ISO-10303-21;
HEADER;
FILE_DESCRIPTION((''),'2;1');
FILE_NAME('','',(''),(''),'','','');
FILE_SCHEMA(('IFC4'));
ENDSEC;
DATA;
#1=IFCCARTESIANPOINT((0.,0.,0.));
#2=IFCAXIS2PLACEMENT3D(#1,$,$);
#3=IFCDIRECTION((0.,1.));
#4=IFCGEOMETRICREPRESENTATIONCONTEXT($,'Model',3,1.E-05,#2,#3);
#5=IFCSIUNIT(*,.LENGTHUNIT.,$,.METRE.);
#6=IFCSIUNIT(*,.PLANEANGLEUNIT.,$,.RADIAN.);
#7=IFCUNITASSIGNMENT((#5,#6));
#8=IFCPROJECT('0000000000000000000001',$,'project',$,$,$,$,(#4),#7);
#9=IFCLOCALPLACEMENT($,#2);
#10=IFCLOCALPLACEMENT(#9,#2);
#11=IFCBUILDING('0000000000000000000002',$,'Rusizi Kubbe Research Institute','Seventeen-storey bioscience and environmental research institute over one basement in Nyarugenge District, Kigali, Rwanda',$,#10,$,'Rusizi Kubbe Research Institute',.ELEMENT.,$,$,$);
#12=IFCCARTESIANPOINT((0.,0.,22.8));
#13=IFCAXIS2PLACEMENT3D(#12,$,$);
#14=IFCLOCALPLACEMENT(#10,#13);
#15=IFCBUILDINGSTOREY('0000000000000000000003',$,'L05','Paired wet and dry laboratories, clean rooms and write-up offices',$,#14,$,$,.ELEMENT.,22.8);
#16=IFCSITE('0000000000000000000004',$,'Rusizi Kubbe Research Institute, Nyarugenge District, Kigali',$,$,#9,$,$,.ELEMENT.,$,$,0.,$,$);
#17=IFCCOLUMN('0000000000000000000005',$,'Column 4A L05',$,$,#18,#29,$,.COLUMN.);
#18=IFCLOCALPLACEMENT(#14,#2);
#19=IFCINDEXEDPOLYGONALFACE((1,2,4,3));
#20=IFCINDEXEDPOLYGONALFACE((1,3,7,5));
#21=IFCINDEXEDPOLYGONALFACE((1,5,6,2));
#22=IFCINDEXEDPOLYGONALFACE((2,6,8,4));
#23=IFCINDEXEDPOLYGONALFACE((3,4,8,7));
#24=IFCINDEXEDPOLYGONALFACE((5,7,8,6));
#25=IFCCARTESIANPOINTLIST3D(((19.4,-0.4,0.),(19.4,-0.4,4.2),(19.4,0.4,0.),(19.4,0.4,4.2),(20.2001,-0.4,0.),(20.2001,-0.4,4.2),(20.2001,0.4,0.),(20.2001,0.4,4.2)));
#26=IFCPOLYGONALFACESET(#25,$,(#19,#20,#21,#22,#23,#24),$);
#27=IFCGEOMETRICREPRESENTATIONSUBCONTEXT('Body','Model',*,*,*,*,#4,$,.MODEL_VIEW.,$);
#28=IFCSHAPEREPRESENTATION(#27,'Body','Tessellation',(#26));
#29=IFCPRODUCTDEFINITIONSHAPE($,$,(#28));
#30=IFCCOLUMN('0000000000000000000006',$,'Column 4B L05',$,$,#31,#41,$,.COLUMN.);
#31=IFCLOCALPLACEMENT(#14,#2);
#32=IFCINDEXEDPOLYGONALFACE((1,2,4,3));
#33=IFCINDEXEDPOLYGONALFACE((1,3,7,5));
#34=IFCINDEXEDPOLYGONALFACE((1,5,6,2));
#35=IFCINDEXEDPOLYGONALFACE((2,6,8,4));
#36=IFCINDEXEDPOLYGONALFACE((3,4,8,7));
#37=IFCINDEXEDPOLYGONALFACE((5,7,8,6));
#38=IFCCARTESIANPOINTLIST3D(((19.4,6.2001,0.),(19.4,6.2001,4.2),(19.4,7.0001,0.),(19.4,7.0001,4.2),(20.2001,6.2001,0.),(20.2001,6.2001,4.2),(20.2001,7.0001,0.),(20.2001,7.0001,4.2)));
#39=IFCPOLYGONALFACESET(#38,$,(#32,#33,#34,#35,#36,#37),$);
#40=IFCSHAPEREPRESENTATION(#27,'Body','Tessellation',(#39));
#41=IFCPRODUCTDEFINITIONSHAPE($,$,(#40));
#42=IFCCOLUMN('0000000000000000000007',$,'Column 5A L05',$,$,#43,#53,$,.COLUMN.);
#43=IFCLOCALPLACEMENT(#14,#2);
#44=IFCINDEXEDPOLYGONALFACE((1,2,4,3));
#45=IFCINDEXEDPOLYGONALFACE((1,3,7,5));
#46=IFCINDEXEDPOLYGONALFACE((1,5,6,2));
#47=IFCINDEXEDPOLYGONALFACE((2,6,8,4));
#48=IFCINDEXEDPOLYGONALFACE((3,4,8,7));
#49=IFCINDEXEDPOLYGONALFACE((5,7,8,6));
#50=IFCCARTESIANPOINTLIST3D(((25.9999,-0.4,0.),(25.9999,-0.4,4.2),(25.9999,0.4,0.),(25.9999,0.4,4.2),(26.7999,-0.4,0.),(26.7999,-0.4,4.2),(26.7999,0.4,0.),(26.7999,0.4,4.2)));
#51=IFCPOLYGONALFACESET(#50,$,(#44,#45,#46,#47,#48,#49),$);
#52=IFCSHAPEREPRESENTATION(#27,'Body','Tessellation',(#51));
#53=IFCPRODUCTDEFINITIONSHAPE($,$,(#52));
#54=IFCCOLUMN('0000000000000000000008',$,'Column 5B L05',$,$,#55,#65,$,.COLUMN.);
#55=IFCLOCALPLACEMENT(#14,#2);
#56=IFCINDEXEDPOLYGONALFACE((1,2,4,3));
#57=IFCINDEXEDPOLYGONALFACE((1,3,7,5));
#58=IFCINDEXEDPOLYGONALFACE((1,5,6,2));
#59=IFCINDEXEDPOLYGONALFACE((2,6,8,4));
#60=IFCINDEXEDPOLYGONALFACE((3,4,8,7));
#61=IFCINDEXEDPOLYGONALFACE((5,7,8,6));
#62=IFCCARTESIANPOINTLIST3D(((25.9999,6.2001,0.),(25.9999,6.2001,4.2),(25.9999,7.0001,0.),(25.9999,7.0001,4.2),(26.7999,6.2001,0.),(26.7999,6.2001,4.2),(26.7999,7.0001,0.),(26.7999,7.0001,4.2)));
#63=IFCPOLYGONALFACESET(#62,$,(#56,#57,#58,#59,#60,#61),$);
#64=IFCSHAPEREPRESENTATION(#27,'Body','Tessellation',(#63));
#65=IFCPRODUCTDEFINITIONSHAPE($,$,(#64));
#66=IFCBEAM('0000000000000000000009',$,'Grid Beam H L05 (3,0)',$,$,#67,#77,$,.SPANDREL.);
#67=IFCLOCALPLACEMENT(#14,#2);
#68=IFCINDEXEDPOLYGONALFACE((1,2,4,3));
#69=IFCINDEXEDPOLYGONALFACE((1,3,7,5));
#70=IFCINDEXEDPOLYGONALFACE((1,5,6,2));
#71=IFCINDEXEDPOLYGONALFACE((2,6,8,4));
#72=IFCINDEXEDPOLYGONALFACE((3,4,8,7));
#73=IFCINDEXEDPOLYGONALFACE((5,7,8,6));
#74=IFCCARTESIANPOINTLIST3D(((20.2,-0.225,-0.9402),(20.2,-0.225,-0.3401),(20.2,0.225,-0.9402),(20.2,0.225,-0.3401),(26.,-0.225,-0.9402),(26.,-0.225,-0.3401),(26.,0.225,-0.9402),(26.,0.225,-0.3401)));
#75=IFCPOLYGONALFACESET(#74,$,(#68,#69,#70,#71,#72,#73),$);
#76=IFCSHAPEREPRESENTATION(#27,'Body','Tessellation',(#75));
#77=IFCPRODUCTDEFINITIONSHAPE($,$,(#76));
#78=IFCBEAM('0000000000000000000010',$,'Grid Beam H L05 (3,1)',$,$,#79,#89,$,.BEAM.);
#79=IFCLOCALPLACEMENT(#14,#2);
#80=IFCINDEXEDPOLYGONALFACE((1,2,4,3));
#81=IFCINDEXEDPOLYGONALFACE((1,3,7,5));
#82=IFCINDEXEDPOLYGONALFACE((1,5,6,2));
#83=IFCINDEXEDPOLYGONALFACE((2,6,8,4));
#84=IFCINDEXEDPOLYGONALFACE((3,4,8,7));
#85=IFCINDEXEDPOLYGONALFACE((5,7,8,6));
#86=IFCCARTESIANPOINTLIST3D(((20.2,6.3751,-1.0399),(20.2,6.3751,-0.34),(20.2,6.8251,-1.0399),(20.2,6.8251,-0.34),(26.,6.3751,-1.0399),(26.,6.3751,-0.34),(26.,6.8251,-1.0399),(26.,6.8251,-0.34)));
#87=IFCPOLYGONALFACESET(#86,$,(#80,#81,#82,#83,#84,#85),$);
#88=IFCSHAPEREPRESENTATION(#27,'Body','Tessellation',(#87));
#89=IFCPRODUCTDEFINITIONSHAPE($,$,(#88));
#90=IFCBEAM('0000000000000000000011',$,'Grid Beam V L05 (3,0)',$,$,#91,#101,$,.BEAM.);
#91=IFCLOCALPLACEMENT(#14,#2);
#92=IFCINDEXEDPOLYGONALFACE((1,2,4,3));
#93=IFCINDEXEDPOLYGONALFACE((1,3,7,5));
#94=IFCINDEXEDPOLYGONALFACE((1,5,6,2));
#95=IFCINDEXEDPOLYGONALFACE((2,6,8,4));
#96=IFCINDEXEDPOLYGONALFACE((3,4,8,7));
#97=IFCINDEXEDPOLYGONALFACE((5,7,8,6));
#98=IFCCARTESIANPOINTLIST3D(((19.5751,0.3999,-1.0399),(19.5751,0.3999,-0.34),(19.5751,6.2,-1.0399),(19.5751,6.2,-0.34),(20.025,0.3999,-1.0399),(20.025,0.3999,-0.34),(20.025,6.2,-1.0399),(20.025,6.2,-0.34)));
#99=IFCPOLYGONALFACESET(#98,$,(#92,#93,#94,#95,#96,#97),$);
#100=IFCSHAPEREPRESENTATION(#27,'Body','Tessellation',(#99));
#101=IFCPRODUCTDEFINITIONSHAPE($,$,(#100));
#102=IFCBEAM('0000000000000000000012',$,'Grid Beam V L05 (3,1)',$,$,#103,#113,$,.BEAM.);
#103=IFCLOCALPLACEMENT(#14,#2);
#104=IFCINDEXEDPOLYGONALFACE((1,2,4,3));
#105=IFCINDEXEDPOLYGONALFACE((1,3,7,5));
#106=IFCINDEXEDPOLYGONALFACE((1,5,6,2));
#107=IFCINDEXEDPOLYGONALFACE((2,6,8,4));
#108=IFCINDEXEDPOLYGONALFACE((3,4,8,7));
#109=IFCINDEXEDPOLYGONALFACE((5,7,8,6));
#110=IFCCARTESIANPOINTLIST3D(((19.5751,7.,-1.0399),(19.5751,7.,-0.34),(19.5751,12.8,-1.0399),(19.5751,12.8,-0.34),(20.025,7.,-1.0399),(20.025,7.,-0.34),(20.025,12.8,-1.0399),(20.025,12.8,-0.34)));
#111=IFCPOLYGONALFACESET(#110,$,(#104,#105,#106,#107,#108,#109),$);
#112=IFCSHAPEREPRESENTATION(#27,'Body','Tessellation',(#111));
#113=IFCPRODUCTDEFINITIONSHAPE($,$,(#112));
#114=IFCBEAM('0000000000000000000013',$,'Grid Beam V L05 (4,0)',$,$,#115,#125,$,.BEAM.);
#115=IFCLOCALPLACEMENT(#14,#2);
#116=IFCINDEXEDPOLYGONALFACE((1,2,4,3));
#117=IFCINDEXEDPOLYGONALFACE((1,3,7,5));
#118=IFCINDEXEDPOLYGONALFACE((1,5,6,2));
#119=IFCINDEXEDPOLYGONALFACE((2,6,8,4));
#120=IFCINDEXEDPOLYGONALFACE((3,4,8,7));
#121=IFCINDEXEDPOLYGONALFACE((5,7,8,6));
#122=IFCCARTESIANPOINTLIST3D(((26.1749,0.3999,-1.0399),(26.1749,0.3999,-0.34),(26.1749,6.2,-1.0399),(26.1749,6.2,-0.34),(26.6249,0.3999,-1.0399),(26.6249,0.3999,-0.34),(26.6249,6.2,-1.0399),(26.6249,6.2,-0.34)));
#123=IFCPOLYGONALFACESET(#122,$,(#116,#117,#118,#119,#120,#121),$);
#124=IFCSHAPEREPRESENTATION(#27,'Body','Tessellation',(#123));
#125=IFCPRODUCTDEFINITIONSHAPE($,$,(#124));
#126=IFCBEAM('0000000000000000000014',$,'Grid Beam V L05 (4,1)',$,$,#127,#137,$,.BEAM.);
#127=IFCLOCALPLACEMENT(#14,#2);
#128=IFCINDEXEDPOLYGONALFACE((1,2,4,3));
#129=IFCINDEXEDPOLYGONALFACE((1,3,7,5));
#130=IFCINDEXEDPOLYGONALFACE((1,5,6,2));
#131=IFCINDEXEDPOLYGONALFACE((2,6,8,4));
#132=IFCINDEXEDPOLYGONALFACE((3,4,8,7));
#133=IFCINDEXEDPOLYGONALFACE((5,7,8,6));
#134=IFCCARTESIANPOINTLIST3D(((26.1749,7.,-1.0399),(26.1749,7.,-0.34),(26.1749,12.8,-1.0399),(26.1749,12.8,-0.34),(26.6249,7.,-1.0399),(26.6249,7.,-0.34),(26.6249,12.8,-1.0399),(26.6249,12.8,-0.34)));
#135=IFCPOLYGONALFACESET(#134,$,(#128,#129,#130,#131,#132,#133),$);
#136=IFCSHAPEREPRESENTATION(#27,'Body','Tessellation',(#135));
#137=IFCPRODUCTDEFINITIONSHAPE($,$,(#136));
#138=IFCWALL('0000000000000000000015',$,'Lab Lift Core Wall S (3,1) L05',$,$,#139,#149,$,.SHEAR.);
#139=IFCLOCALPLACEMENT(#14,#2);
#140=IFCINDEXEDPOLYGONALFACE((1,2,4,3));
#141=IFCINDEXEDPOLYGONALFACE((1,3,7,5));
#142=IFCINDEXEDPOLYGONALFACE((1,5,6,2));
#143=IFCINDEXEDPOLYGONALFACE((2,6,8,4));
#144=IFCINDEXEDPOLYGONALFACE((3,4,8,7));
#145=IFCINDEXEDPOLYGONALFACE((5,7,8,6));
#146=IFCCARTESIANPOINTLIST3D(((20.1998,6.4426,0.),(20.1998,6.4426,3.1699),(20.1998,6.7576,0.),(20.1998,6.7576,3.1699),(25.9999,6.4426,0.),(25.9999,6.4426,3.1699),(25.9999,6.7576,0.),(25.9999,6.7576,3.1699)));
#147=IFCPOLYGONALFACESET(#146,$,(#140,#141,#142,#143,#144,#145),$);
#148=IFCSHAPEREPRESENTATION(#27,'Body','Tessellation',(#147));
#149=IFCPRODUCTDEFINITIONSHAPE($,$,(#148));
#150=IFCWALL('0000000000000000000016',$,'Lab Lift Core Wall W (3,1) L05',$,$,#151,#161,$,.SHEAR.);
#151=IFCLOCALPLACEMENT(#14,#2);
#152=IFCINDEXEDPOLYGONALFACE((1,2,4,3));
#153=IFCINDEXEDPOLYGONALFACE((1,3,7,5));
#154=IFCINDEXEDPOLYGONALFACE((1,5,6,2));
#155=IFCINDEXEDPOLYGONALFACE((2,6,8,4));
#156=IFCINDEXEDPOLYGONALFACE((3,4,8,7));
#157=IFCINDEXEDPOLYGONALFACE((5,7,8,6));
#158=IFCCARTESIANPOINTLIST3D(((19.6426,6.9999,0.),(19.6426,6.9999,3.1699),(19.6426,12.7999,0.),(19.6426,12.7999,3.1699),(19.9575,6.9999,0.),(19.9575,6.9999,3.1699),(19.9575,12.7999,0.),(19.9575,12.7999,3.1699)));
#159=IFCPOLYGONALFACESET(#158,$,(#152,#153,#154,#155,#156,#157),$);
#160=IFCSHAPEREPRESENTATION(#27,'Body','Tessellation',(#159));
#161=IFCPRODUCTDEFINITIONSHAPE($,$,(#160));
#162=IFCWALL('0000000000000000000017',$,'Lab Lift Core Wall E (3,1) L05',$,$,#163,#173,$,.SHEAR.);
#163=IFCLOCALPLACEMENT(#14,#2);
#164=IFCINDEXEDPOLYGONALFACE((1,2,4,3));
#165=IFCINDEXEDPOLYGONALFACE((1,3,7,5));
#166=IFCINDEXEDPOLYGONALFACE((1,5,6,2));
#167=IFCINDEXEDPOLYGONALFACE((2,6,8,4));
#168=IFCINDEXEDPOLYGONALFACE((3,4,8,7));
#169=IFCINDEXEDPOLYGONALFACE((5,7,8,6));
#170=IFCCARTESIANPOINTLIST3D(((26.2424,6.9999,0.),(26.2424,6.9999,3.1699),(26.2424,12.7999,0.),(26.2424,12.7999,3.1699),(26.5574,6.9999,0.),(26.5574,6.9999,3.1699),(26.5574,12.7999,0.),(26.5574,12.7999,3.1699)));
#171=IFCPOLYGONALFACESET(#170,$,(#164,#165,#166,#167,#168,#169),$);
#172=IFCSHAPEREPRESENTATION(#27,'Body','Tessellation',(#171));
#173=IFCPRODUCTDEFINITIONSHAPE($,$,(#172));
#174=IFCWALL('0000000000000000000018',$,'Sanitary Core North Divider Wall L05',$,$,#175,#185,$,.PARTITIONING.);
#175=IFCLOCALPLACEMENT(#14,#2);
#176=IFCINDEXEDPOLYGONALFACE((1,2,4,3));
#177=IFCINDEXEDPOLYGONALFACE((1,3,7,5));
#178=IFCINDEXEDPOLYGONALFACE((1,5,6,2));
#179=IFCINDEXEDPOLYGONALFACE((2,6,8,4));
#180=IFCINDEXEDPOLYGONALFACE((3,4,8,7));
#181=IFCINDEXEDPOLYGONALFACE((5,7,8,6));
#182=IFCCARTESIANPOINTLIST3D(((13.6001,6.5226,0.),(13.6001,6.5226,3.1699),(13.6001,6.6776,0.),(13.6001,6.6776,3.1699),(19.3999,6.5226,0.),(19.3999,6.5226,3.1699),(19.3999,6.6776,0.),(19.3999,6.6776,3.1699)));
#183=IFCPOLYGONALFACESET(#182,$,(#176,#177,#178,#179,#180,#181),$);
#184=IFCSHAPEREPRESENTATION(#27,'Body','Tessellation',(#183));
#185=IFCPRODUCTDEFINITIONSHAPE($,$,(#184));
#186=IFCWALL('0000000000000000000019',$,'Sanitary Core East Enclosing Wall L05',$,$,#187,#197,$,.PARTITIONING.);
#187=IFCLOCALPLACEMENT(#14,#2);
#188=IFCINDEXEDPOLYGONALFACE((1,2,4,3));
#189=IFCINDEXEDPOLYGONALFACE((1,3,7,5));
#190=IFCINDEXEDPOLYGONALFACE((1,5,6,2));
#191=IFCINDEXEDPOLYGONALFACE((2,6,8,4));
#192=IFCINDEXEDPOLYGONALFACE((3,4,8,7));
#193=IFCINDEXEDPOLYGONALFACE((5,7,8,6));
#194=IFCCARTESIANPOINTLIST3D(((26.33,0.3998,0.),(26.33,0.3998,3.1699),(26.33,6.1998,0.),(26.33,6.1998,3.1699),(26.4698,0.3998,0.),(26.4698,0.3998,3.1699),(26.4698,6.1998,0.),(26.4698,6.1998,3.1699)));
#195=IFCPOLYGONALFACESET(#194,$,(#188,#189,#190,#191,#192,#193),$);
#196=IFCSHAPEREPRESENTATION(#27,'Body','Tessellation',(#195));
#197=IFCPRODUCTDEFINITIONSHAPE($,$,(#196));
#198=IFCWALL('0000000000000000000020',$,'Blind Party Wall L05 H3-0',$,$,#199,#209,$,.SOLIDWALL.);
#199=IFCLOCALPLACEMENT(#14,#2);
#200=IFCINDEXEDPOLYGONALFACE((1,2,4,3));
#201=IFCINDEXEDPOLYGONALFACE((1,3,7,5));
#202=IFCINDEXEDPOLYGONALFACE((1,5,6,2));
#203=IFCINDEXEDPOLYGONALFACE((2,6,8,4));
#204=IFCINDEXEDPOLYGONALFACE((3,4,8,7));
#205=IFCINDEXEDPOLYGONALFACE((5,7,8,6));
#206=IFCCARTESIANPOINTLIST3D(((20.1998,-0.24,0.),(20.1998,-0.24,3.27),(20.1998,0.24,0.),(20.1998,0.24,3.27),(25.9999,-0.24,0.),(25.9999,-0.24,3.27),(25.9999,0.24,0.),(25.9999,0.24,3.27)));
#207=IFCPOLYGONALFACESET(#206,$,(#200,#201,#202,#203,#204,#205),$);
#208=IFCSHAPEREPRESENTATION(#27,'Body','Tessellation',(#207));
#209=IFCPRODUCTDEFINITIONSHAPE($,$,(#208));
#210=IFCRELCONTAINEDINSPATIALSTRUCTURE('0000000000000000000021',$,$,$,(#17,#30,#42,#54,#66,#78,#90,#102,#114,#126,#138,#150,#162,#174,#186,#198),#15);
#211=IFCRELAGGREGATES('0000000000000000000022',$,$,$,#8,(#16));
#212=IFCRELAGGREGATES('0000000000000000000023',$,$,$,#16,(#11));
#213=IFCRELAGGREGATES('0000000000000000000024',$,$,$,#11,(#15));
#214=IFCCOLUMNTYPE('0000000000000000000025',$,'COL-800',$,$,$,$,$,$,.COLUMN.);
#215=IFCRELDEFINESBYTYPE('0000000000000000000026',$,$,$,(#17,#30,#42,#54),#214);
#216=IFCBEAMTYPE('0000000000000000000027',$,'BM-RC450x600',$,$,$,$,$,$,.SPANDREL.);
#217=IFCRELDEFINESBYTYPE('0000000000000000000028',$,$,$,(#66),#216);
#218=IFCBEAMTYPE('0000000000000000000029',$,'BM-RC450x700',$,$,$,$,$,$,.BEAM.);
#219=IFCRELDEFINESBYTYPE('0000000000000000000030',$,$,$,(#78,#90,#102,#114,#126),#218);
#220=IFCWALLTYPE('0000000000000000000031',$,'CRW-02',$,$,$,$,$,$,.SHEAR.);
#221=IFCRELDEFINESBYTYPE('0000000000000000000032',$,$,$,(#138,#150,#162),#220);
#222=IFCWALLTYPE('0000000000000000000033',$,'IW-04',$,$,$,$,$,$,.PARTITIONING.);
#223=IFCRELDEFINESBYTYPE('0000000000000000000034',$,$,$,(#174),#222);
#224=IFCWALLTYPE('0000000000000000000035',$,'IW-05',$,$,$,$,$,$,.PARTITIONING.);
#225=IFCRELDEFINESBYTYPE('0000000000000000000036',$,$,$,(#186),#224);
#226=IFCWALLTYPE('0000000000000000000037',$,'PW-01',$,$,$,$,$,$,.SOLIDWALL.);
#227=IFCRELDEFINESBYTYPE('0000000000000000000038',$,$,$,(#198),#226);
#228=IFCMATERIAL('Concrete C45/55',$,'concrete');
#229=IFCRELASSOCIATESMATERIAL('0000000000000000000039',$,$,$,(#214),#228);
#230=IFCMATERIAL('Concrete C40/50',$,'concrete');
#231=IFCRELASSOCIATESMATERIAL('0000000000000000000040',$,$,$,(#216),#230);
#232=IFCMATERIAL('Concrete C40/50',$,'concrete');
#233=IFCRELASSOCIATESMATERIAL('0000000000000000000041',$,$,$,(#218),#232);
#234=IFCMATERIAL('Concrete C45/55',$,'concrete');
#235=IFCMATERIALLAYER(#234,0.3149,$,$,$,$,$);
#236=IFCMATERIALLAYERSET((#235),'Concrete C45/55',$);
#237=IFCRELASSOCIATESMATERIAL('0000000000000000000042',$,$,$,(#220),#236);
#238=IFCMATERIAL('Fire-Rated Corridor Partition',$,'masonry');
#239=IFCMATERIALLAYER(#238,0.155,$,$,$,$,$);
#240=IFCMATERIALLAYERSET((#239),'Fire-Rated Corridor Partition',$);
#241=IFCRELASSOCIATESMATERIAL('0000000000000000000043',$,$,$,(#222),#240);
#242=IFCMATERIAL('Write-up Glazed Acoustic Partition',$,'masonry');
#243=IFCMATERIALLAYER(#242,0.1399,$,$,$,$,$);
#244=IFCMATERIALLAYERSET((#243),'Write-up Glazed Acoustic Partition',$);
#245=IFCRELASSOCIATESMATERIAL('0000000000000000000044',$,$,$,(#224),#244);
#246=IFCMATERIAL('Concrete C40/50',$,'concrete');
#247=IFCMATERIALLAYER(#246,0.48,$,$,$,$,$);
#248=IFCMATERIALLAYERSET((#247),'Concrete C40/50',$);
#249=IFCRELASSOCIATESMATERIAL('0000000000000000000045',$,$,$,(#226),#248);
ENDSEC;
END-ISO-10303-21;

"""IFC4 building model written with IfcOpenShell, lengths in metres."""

from ifc_helpers import new_model, si_unit, direction, frame, frame_2d, origin, origin_2d, place, context, subcontext, project, spatial, rectangle, extrude, material, layer, layer_set, material_profile, profile_set, type_object, element, save


model = new_model("IFC4")

# Units and contexts
model_context = context("Model", 3, precision=1e-05, world=origin(), true_north=direction((0.0, 1.0)))
body_context = subcontext(model_context, "Body", "Model", "MODEL_VIEW")
ifc_project = project(units=[si_unit("LENGTHUNIT", "METRE"), si_unit("PLANEANGLEUNIT", "RADIAN")], contexts=[model_context])

# Site, building, storey
site_placement = place(None, origin())
site = spatial("IfcSite", under=ifc_project, at=site_placement, Name="Rusizi Kubbe Research Institute, Nyarugenge District, Kigali", CompositionType="ELEMENT", RefElevation=0.0)
building_placement = place(site_placement, origin())
building = spatial("IfcBuilding", under=site, at=building_placement, Name="Rusizi Kubbe Research Institute", Description="Seventeen-storey bioscience and environmental research institute over one basement in Nyarugenge District, Kigali, Rwanda", LongName="Rusizi Kubbe Research Institute", CompositionType="ELEMENT")
storey_placement = place(building_placement, frame((0.0, 0.0, 22.8)))
storey = spatial("IfcBuildingStorey", under=building, at=storey_placement, Name="L05", Description="Paired wet and dry laboratories, clean rooms and write-up offices", CompositionType="ELEMENT", Elevation=22.8)

# Columns
ifc_material_1 = material(Name="Concrete C45/55", Category="concrete")
ifc_material_profile_1 = material_profile(ifc_material_1, rectangle(XDim=0.8, YDim=0.8, at=origin_2d()), Name="RC800x800")
ifc_profile_set_1 = profile_set([ifc_material_profile_1], Name="Concrete C45/55")
column_type = type_object("IfcColumnType", Name="COL-800", PredefinedType="COLUMN", material=ifc_profile_set_1)
for number, where, z_axis, x_axis, name in (
    (1, (19.8, 0.0, 0.0), (0.0, 0.0, 1.0), (1.0, 0.0, 0.0), "Column 4A L05"),
    (2, (19.8, 6.6001, 0.0), (0.0, 0.0, 1.0), (1.0, 0.0, 0.0), "Column 4B L05"),
    (3, (26.3999, 0.0, 0.0), (0.0, 0.0, 1.0), (1.0, 0.0, 0.0), "Column 5A L05"),
    (4, (26.3999, 6.6001, 0.0), (0.0, 0.0, 1.0), (1.0, 0.0, 0.0), "Column 5B L05"),
):
    element("IfcColumn", number, at=place(storey_placement, frame(where, z_axis=z_axis, x_axis=x_axis)), inside=storey, type_object=column_type, Name=name, PredefinedType="COLUMN", context=body_context, shape_type="SweptSolid", body=[
        extrude(rectangle(XDim=0.8, YDim=0.8, at=origin_2d()), origin(), (0.0, 0.0, 1.0), 4.2),
    ])

# Beams
ifc_material_2 = material(Name="Concrete C40/50", Category="concrete")
ifc_material_profile_2 = material_profile(ifc_material_2, rectangle(XDim=0.45, YDim=0.6001, at=origin_2d()), Name="RC450x600")
ifc_profile_set_2 = profile_set([ifc_material_profile_2], Name="Concrete C40/50")
beam_type_1 = type_object("IfcBeamType", Name="BM-RC450x600", PredefinedType="SPANDREL", material=ifc_profile_set_2)
beam_placement = place(storey_placement, frame((20.2, 0.0, -0.6401), z_axis=(1.0, 0.0, 0.0), x_axis=(0.0, 1.0, 0.0)))
element("IfcBeam", 5, at=beam_placement, inside=storey, type_object=beam_type_1, Name="Grid Beam H L05 (3,0)", PredefinedType="SPANDREL", context=body_context, shape_type="SweptSolid", body=[
    extrude(rectangle(XDim=0.45, YDim=0.6001, at=origin_2d()), origin(), (0.0, 0.0, 1.0), 5.8),
])
ifc_material_3 = material(Name="Concrete C40/50", Category="concrete")
ifc_material_profile_3 = material_profile(ifc_material_3, rectangle(XDim=0.45, YDim=0.7, at=origin_2d()), Name="RC450x700B")
ifc_profile_set_3 = profile_set([ifc_material_profile_3], Name="Concrete C40/50")
beam_type_2 = type_object("IfcBeamType", Name="BM-RC450x700", PredefinedType="BEAM", material=ifc_profile_set_3)
for number, where, z_axis, x_axis, name in (
    (6, (20.2, 6.6001, -0.6899), (1.0, 0.0, 0.0), (0.0, 1.0, 0.0), "Grid Beam H L05 (3,1)"),
    (7, (19.8, 0.3999, -0.6899), (0.0, 1.0, 0.0), (-1.0, 0.0, 0.0), "Grid Beam V L05 (3,0)"),
    (8, (19.8, 7.0, -0.6899), (0.0, 1.0, 0.0), (-1.0, 0.0, 0.0), "Grid Beam V L05 (3,1)"),
    (9, (26.3999, 0.3999, -0.6899), (0.0, 1.0, 0.0), (-1.0, 0.0, 0.0), "Grid Beam V L05 (4,0)"),
    (10, (26.3999, 7.0, -0.6899), (0.0, 1.0, 0.0), (-1.0, 0.0, 0.0), "Grid Beam V L05 (4,1)"),
):
    element("IfcBeam", number, at=place(storey_placement, frame(where, z_axis=z_axis, x_axis=x_axis)), inside=storey, type_object=beam_type_2, Name=name, PredefinedType="BEAM", context=body_context, shape_type="SweptSolid", body=[
        extrude(rectangle(XDim=0.45, YDim=0.7, at=origin_2d()), origin(), (0.0, 0.0, 1.0), 5.8),
    ])

# Walls
ifc_material_4 = material(Name="Concrete C45/55", Category="concrete")
ifc_layer_1 = layer(ifc_material_4, 0.3149)
ifc_layer_set_1 = layer_set([ifc_layer_1], Name="Concrete C45/55")
wall_type_1 = type_object("IfcWallType", Name="CRW-02", PredefinedType="SHEAR", material=ifc_layer_set_1)
for number, where, z_axis, x_axis, name in (
    (11, (20.2, 6.6001, 0.0), (0.0, 0.0, 1.0), (1.0, 0.0, 0.0), "Lab Lift Core Wall S (3,1) L05"),
    (12, (19.8, 7.0, 0.0), (0.0, 0.0, 1.0), (0.0, 1.0, 0.0), "Lab Lift Core Wall W (3,1) L05"),
    (13, (26.3999, 7.0, 0.0), (0.0, 0.0, 1.0), (0.0, 1.0, 0.0), "Lab Lift Core Wall E (3,1) L05"),
):
    element("IfcWall", number, at=place(storey_placement, frame(where, z_axis=z_axis, x_axis=x_axis)), inside=storey, type_object=wall_type_1, Name=name, PredefinedType="SHEAR", context=body_context, shape_type="SweptSolid", body=[
        extrude(rectangle(XDim=5.8, YDim=0.3149, at=frame_2d((2.8999, 0.0))), origin(), (0.0, 0.0, 1.0), 3.1699),
    ])

# Walls
ifc_material_5 = material(Name="Fire-Rated Corridor Partition", Category="masonry")
ifc_layer_2 = layer(ifc_material_5, 0.155)
ifc_layer_set_2 = layer_set([ifc_layer_2], Name="Fire-Rated Corridor Partition")
wall_type_2 = type_object("IfcWallType", Name="IW-04", PredefinedType="PARTITIONING", material=ifc_layer_set_2)
wall_1_placement = place(storey_placement, frame((13.6001, 6.6001, 0.0), z_axis=(0.0, 0.0, 1.0), x_axis=(1.0, 0.0, 0.0)))
element("IfcWall", 14, at=wall_1_placement, inside=storey, type_object=wall_type_2, Name="Sanitary Core North Divider Wall L05", PredefinedType="PARTITIONING", context=body_context, shape_type="SweptSolid", body=[
    extrude(rectangle(XDim=5.7998, YDim=0.155, at=frame_2d((2.8999, 0.0))), origin(), (0.0, 0.0, 1.0), 3.1699),
])
ifc_material_6 = material(Name="Write-up Glazed Acoustic Partition", Category="masonry")
ifc_layer_3 = layer(ifc_material_6, 0.1399)
ifc_layer_set_3 = layer_set([ifc_layer_3], Name="Write-up Glazed Acoustic Partition")
wall_type_3 = type_object("IfcWallType", Name="IW-05", PredefinedType="PARTITIONING", material=ifc_layer_set_3)
wall_2_placement = place(storey_placement, frame((26.3999, 0.3999, 0.0), z_axis=(0.0, 0.0, 1.0), x_axis=(0.0, 1.0, 0.0)))
element("IfcWall", 15, at=wall_2_placement, inside=storey, type_object=wall_type_3, Name="Sanitary Core East Enclosing Wall L05", PredefinedType="PARTITIONING", context=body_context, shape_type="SweptSolid", body=[
    extrude(rectangle(XDim=5.8, YDim=0.1399, at=frame_2d((2.8999, 0.0))), origin(), (0.0, 0.0, 1.0), 3.1699),
])
ifc_material_7 = material(Name="Concrete C40/50", Category="concrete")
ifc_layer_4 = layer(ifc_material_7, 0.48)
ifc_layer_set_4 = layer_set([ifc_layer_4], Name="Concrete C40/50")
wall_type_4 = type_object("IfcWallType", Name="PW-01", PredefinedType="SOLIDWALL", material=ifc_layer_set_4)
wall_3_placement = place(storey_placement, frame((20.2, 0.0, 0.0), z_axis=(0.0, 0.0, 1.0), x_axis=(1.0, 0.0, 0.0)))
element("IfcWall", 16, at=wall_3_placement, inside=storey, type_object=wall_type_4, Name="Blind Party Wall L05 H3-0", PredefinedType="SOLIDWALL", context=body_context, shape_type="SweptSolid", body=[
    extrude(rectangle(XDim=5.8, YDim=0.48, at=frame_2d((2.8999, 0.0))), origin(), (0.0, 0.0, 1.0), 3.27),
])

save(model, "model.ifc")
